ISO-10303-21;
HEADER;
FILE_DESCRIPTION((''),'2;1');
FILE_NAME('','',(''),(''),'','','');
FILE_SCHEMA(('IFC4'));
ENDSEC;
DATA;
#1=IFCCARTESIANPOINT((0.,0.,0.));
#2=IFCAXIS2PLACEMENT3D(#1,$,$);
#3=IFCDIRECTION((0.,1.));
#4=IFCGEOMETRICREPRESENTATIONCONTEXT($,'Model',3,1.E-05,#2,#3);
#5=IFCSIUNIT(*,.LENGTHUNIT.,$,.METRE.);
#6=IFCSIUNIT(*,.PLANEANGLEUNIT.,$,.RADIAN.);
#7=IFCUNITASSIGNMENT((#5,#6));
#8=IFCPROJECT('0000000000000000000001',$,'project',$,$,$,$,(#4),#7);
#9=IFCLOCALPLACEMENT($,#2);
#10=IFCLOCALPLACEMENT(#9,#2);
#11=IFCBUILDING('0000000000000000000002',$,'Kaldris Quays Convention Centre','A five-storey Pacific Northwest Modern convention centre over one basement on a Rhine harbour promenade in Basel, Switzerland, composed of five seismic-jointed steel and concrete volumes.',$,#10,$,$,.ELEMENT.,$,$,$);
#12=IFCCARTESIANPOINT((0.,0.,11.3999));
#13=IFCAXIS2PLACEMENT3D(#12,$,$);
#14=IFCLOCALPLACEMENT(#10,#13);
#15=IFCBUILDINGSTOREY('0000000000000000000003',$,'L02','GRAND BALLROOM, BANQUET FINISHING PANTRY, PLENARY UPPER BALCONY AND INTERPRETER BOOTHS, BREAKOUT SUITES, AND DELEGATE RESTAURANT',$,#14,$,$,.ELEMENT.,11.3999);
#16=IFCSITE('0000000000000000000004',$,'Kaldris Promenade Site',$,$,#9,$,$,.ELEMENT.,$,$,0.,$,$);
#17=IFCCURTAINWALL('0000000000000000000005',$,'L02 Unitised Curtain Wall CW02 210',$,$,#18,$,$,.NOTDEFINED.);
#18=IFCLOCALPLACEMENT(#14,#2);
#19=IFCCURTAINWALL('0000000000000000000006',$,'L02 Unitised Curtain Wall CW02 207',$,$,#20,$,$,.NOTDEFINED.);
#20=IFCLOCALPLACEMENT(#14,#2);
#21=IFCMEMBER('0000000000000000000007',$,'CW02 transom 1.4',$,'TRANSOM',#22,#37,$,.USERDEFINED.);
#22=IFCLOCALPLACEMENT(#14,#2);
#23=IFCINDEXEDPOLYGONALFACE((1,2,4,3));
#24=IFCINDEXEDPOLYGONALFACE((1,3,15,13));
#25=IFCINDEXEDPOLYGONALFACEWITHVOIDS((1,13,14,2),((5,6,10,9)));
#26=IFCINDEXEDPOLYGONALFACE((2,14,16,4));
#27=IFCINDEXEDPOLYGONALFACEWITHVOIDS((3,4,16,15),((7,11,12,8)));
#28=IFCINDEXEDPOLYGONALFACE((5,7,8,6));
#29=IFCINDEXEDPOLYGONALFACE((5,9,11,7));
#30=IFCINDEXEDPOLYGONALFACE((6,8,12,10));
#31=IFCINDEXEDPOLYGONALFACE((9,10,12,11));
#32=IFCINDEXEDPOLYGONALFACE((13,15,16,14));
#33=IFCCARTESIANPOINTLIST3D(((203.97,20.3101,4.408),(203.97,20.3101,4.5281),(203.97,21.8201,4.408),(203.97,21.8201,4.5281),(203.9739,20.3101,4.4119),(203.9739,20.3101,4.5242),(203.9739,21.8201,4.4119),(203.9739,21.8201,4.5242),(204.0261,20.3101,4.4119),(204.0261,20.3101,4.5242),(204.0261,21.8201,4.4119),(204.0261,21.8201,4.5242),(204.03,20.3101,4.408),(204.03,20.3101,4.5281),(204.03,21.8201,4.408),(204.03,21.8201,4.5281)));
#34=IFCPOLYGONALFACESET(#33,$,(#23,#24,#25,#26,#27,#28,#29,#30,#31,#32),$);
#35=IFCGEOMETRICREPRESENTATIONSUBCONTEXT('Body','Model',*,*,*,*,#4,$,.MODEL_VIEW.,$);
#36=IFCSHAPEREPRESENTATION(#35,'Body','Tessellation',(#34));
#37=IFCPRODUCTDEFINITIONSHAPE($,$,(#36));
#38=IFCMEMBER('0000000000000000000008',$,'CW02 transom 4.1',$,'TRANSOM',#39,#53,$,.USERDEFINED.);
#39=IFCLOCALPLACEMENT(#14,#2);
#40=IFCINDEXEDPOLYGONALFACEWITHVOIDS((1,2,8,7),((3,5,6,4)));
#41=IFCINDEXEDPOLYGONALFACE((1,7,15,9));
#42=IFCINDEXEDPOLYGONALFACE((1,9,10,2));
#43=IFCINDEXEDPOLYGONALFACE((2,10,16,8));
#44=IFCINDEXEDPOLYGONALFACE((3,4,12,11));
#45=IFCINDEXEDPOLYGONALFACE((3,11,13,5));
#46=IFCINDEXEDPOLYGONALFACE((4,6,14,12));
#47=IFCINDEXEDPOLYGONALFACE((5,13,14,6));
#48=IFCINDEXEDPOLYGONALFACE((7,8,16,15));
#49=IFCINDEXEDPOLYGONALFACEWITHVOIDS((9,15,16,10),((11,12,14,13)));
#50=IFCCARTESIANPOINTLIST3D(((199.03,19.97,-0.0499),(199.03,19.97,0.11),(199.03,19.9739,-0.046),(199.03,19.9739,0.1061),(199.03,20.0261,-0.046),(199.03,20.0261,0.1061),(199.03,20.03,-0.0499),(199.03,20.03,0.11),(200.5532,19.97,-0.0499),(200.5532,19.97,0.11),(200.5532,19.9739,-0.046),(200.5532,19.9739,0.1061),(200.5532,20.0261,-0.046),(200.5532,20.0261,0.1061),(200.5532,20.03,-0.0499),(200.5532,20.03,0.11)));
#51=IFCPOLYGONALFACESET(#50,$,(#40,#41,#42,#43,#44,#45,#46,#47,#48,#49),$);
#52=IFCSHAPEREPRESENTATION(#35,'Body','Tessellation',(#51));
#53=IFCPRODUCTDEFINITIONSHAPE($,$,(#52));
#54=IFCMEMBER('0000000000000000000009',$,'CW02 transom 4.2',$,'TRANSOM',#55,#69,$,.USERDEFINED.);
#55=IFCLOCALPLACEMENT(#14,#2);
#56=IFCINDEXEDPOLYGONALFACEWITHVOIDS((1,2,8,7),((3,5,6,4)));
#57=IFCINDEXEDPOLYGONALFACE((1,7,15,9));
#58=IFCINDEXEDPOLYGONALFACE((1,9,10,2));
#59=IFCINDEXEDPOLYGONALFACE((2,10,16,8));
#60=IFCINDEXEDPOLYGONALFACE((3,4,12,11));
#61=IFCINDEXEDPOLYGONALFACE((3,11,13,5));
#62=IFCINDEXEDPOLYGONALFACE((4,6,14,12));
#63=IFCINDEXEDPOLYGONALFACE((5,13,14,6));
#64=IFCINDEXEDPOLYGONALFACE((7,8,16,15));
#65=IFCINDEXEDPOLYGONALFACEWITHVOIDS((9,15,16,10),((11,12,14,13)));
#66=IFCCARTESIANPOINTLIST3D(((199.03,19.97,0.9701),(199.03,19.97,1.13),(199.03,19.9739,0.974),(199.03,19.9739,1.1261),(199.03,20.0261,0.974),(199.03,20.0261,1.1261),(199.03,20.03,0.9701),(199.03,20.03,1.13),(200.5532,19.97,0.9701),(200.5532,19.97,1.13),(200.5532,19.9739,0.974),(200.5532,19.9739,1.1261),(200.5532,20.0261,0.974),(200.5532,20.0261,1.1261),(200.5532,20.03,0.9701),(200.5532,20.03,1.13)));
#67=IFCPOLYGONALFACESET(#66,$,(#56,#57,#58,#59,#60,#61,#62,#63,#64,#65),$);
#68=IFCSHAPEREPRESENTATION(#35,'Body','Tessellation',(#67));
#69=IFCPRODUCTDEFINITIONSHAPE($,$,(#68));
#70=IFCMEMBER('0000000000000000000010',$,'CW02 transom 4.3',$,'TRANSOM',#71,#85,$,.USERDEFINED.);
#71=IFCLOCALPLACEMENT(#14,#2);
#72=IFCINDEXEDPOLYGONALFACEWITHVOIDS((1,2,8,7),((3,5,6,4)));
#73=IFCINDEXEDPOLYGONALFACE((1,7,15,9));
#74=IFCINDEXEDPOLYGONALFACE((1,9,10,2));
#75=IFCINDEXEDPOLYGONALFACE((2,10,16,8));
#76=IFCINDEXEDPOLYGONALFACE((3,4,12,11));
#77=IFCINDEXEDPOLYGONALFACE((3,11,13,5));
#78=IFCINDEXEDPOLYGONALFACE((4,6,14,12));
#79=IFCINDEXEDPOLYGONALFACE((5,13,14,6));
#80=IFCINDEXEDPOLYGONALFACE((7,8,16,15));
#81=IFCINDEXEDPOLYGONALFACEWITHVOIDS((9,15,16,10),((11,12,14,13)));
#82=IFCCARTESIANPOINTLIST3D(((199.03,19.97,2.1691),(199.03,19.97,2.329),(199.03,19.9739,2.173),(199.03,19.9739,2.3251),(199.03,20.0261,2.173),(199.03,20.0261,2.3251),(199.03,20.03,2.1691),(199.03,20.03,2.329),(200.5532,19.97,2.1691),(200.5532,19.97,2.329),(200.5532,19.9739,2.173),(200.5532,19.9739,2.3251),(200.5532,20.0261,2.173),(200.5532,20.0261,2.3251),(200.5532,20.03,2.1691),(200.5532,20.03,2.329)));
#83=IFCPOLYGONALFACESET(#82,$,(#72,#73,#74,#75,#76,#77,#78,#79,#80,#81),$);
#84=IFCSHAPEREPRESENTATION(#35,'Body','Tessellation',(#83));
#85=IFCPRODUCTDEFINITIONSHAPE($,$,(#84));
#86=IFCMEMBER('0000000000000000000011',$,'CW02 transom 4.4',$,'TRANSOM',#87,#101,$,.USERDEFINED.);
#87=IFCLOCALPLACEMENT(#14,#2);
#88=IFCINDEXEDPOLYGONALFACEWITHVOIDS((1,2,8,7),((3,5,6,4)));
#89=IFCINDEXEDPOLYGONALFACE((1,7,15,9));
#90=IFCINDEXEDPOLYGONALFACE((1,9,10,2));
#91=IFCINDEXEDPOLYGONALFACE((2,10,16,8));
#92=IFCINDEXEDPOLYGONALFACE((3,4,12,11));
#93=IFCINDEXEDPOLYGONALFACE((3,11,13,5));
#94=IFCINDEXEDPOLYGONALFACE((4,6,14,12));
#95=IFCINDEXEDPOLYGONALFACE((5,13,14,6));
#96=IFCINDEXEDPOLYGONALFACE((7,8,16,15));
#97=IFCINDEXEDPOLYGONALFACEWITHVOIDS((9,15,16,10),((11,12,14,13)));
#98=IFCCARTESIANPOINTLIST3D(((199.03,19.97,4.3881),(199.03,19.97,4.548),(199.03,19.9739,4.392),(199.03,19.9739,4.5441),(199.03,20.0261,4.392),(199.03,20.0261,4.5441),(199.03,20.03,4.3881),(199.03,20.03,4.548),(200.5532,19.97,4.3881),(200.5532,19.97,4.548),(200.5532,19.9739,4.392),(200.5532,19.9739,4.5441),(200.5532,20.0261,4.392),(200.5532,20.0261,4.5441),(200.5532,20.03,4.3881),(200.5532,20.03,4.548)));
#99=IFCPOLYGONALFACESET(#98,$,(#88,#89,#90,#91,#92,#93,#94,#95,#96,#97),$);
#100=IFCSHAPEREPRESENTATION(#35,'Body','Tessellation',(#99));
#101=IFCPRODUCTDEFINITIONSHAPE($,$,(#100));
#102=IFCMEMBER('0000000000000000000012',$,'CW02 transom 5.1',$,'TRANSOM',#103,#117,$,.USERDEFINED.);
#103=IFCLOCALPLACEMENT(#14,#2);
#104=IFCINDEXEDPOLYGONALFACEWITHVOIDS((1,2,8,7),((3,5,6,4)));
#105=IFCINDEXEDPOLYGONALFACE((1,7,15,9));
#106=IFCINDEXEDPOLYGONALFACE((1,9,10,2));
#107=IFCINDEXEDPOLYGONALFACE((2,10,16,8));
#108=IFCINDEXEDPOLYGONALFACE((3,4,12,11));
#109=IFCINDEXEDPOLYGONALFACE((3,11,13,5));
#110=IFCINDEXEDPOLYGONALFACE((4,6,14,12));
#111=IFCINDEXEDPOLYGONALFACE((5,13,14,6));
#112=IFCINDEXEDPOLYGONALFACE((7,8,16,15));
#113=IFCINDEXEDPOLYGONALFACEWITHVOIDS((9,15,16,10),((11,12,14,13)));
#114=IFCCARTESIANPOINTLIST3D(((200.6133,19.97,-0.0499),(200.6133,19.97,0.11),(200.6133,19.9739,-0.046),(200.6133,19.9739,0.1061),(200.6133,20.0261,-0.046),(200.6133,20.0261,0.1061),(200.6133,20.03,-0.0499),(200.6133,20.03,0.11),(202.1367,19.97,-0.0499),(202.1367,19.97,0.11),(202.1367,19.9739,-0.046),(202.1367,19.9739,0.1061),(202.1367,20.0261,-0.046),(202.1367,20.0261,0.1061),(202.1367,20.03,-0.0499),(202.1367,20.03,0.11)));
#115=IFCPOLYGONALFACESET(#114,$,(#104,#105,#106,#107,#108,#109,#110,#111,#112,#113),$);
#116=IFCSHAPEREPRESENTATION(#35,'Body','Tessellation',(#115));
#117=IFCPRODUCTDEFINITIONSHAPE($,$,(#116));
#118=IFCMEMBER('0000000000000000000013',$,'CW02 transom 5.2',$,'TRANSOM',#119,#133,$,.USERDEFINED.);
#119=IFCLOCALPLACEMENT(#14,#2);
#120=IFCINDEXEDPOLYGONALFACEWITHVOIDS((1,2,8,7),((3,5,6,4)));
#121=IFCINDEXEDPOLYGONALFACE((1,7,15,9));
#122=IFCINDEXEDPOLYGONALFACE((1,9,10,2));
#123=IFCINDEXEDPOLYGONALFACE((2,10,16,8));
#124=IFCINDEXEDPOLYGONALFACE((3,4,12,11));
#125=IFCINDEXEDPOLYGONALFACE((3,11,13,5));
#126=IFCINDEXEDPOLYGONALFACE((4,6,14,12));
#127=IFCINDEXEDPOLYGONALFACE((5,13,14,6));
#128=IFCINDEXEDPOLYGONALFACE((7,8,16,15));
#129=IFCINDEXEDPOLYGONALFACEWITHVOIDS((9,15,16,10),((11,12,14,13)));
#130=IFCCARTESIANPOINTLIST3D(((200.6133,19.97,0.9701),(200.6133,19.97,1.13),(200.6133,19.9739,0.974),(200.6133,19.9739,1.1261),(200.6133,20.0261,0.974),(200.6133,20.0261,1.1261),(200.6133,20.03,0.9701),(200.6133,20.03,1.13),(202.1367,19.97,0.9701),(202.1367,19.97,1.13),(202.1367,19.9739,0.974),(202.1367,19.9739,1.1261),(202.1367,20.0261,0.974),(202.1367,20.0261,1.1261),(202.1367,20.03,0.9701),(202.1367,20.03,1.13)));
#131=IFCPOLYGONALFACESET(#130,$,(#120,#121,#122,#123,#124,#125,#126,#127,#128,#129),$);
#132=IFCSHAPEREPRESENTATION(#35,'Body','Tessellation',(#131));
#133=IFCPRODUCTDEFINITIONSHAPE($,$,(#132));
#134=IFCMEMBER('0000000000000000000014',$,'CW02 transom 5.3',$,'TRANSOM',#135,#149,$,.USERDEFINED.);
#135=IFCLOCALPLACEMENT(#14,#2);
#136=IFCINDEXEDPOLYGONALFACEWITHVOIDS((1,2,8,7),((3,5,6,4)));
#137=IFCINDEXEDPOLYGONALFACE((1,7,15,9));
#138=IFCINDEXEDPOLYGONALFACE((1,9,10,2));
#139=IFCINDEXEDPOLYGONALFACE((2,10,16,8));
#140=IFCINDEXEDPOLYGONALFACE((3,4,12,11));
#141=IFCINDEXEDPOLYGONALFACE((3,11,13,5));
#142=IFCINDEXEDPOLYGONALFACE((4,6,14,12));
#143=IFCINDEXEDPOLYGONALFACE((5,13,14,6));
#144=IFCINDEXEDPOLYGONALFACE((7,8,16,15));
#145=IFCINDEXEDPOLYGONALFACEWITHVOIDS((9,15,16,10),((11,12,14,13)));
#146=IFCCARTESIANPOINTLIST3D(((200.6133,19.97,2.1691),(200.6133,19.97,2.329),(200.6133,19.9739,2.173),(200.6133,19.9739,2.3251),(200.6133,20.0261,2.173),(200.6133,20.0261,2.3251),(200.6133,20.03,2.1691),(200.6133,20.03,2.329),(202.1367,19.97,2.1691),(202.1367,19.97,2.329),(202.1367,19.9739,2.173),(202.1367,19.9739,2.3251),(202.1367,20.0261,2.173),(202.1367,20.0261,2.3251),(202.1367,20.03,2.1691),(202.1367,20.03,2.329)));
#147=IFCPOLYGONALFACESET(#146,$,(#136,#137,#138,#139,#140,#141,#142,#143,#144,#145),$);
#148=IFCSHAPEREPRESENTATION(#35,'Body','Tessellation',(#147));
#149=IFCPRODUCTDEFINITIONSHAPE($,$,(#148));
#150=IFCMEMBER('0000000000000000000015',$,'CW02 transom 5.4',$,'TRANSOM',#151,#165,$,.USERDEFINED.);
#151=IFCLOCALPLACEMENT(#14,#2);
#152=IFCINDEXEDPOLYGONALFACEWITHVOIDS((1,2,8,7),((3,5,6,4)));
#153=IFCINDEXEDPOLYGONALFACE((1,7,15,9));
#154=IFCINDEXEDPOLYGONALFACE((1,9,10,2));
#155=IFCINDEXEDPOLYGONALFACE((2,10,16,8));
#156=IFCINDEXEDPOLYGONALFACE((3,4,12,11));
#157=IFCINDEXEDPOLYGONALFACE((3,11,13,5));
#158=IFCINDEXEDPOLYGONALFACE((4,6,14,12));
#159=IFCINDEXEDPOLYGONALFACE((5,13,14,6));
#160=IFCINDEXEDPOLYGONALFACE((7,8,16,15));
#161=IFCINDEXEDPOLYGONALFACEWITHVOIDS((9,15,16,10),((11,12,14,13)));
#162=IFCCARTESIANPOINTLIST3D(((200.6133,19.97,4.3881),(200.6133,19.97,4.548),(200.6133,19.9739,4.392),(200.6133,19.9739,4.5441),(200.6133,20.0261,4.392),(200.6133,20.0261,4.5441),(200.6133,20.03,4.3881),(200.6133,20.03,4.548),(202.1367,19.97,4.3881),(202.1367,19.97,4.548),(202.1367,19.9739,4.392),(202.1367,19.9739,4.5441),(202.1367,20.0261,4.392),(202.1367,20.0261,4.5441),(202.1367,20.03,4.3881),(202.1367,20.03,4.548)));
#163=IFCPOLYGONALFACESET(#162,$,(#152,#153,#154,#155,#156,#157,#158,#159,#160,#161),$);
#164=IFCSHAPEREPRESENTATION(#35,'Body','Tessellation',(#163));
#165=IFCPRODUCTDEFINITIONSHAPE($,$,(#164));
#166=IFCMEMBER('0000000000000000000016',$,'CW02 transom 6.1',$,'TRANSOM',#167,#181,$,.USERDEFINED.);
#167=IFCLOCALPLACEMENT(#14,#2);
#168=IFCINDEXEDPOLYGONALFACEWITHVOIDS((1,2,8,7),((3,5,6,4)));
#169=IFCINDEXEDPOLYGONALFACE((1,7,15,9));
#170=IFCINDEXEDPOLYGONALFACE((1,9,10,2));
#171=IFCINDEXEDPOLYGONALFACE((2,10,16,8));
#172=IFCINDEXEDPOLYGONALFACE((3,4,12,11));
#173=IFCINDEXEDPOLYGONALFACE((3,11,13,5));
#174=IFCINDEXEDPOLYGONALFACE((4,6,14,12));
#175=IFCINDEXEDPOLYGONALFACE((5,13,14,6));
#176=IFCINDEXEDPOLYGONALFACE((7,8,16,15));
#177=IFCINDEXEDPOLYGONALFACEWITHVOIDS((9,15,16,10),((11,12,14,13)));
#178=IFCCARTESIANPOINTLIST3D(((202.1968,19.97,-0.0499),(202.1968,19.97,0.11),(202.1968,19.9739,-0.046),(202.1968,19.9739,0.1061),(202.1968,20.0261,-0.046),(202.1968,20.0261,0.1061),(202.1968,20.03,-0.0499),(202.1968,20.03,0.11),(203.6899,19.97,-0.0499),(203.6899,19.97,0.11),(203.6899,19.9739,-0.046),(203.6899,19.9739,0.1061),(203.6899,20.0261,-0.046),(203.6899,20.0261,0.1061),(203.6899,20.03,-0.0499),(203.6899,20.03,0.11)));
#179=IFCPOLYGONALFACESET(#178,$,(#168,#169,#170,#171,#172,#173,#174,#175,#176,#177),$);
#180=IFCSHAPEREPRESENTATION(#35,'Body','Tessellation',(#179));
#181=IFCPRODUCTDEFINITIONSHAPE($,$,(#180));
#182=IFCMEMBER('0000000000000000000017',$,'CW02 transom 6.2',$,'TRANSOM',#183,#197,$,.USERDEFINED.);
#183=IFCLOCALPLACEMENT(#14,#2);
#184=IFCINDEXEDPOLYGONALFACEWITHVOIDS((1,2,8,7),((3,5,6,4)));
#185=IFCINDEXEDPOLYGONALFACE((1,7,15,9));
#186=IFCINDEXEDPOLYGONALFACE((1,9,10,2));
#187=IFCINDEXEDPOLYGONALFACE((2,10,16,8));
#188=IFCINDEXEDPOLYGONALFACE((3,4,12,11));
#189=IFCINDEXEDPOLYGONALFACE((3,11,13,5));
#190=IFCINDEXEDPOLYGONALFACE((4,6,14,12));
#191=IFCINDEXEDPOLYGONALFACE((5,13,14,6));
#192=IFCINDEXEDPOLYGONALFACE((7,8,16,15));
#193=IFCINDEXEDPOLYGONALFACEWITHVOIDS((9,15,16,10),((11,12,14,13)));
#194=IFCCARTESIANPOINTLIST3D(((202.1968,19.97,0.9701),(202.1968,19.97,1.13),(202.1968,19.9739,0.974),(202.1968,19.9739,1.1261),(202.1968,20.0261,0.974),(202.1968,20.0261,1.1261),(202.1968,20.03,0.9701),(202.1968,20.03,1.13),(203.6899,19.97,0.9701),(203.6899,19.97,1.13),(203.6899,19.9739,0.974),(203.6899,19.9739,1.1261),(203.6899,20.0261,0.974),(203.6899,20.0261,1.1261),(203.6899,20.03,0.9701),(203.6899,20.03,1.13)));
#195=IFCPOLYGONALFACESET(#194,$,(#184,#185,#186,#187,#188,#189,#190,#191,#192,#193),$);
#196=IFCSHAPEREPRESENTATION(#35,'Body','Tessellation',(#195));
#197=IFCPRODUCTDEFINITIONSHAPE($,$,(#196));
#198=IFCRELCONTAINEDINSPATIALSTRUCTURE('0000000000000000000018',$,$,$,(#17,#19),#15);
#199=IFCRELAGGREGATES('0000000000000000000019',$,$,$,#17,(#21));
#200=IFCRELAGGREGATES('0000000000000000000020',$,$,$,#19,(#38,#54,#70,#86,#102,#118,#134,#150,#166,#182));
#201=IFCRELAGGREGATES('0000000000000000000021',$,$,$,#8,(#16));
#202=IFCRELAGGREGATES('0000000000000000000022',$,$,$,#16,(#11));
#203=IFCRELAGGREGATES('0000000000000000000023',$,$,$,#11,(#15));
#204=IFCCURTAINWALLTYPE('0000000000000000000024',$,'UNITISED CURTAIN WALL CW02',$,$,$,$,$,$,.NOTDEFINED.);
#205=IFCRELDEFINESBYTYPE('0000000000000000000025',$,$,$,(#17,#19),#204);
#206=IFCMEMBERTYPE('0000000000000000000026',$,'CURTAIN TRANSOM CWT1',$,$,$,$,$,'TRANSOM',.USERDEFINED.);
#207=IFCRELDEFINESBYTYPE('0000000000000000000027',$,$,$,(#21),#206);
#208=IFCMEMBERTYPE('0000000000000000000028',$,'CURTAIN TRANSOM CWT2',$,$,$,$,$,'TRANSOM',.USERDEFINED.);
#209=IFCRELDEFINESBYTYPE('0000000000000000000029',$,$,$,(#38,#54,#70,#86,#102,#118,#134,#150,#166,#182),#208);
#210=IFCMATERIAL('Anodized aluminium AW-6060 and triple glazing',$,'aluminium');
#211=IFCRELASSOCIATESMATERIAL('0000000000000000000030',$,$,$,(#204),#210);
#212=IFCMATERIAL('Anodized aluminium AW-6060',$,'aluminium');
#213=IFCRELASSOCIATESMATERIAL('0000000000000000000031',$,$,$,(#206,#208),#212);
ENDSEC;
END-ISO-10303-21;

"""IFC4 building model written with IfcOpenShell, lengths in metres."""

from ifc_helpers import new_model, si_unit, direction, frame, origin, origin_2d, place, context, subcontext, project, spatial, hollow_rectangle, extrude, material, material_profile, profile_set, type_object, element, aggregate, save


model = new_model("IFC4")

# Units and contexts
model_context = context("Model", 3, precision=1e-05, world=origin(), true_north=direction((0.0, 1.0)))
body_context = subcontext(model_context, "Body", "Model", "MODEL_VIEW")
ifc_project = project(units=[si_unit("LENGTHUNIT", "METRE"), si_unit("PLANEANGLEUNIT", "RADIAN")], contexts=[model_context])

# Site, building, storey
site_placement = place(None, origin())
site = spatial("IfcSite", under=ifc_project, at=site_placement, Name="Kaldris Promenade Site", CompositionType="ELEMENT", RefElevation=0.0)
building_placement = place(site_placement, origin())
building = spatial("IfcBuilding", under=site, at=building_placement, Name="Kaldris Quays Convention Centre", Description="A five-storey Pacific Northwest Modern convention centre over one basement on a Rhine harbour promenade in Basel, Switzerland, composed of five seismic-jointed steel and concrete volumes.", CompositionType="ELEMENT")
storey_placement = place(building_placement, frame((0.0, 0.0, 11.3999)))
storey = spatial("IfcBuildingStorey", under=building, at=storey_placement, Name="L02", Description="GRAND BALLROOM, BANQUET FINISHING PANTRY, PLENARY UPPER BALCONY AND INTERPRETER BOOTHS, BREAKOUT SUITES, AND DELEGATE RESTAURANT", CompositionType="ELEMENT", Elevation=11.3999)

# Curtain wall
ifc_material_1 = material(Name="Anodized aluminium AW-6060 and triple glazing", Category="aluminium")
curtain_wall_type = type_object("IfcCurtainWallType", Name="UNITISED CURTAIN WALL CW02", PredefinedType="NOTDEFINED", material=ifc_material_1)
curtain_wall_1_placement = place(storey_placement, origin())
curtain_wall_1 = element("IfcCurtainWall", 1, at=curtain_wall_1_placement, inside=storey, type_object=curtain_wall_type, Name="L02 Unitised Curtain Wall CW02 210", PredefinedType="NOTDEFINED")
ifc_material_2 = material(Name="Anodized aluminium AW-6060", Category="aluminium")

# Curtain wall
curtain_wall_2_placement = place(storey_placement, origin())
curtain_wall_2 = element("IfcCurtainWall", 2, at=curtain_wall_2_placement, inside=storey, type_object=curtain_wall_type, Name="L02 Unitised Curtain Wall CW02 207", PredefinedType="NOTDEFINED")

# Members
ifc_material_profile_1 = material_profile(ifc_material_2, hollow_rectangle(XDim=0.0601, YDim=0.1201, WallThickness=0.0039, at=origin_2d()), Name="RHS 120x60x4")
ifc_profile_set_1 = profile_set([ifc_material_profile_1], Name="Anodized aluminium AW-6060")
member_type_1 = type_object("IfcMemberType", Name="CURTAIN TRANSOM CWT1", ElementType="TRANSOM", PredefinedType="USERDEFINED", material=ifc_profile_set_1)
member_1_placement = place(storey_placement, frame((204.0, 20.3101, 4.468), z_axis=(0.0, 1.0, 0.0), x_axis=(-1.0, 0.0, 0.0)))
member_1 = element("IfcMember", 3, at=member_1_placement, type_object=member_type_1, Name="CW02 transom 1.4", ObjectType="TRANSOM", PredefinedType="USERDEFINED", context=body_context, shape_type="SweptSolid", body=[
    extrude(hollow_rectangle(XDim=0.0601, YDim=0.1201, WallThickness=0.0039, at=origin_2d()), origin(), (0.0, 0.0, 1.0), 1.51),
])
aggregate(curtain_wall_1, [member_1])
ifc_material_profile_2 = material_profile(ifc_material_2, hollow_rectangle(XDim=0.0601, YDim=0.1599, WallThickness=0.0039, at=origin_2d()), Name="RHS 160x60x4")
ifc_profile_set_2 = profile_set([ifc_material_profile_2], Name="Anodized aluminium AW-6060")
member_type_2 = type_object("IfcMemberType", Name="CURTAIN TRANSOM CWT2", ElementType="TRANSOM", PredefinedType="USERDEFINED", material=ifc_profile_set_2)
member_2_placement = place(storey_placement, frame((199.03, 20.0, 0.03), z_axis=(1.0, 0.0, 0.0), x_axis=(0.0, 1.0, 0.0)))
member_2 = element("IfcMember", 4, at=member_2_placement, type_object=member_type_2, Name="CW02 transom 4.1", ObjectType="TRANSOM", PredefinedType="USERDEFINED", context=body_context, shape_type="SweptSolid", body=[
    extrude(hollow_rectangle(XDim=0.0601, YDim=0.1599, WallThickness=0.0039, at=origin_2d()), origin(), (0.0, 0.0, 1.0), 1.5232),
])
member_3_placement = place(storey_placement, frame((199.03, 20.0, 1.05), z_axis=(1.0, 0.0, 0.0), x_axis=(0.0, 1.0, 0.0)))
member_3 = element("IfcMember", 5, at=member_3_placement, type_object=member_type_2, Name="CW02 transom 4.2", ObjectType="TRANSOM", PredefinedType="USERDEFINED", context=body_context, shape_type="SweptSolid", body=[
    extrude(hollow_rectangle(XDim=0.0601, YDim=0.1599, WallThickness=0.0039, at=origin_2d()), origin(), (0.0, 0.0, 1.0), 1.5232),
])
member_4_placement = place(storey_placement, frame((199.03, 20.0, 2.249), z_axis=(1.0, 0.0, 0.0), x_axis=(0.0, 1.0, 0.0)))
member_4 = element("IfcMember", 6, at=member_4_placement, type_object=member_type_2, Name="CW02 transom 4.3", ObjectType="TRANSOM", PredefinedType="USERDEFINED", context=body_context, shape_type="SweptSolid", body=[
    extrude(hollow_rectangle(XDim=0.0601, YDim=0.1599, WallThickness=0.0039, at=origin_2d()), origin(), (0.0, 0.0, 1.0), 1.5232),
])
member_5_placement = place(storey_placement, frame((199.03, 20.0, 4.468), z_axis=(1.0, 0.0, 0.0), x_axis=(0.0, 1.0, 0.0)))
member_5 = element("IfcMember", 7, at=member_5_placement, type_object=member_type_2, Name="CW02 transom 4.4", ObjectType="TRANSOM", PredefinedType="USERDEFINED", context=body_context, shape_type="SweptSolid", body=[
    extrude(hollow_rectangle(XDim=0.0601, YDim=0.1599, WallThickness=0.0039, at=origin_2d()), origin(), (0.0, 0.0, 1.0), 1.5232),
])
member_6_placement = place(storey_placement, frame((200.6133, 20.0, 0.03), z_axis=(1.0, 0.0, 0.0), x_axis=(0.0, 1.0, 0.0)))
member_6 = element("IfcMember", 8, at=member_6_placement, type_object=member_type_2, Name="CW02 transom 5.1", ObjectType="TRANSOM", PredefinedType="USERDEFINED", context=body_context, shape_type="SweptSolid", body=[
    extrude(hollow_rectangle(XDim=0.0601, YDim=0.1599, WallThickness=0.0039, at=origin_2d()), origin(), (0.0, 0.0, 1.0), 1.5234),
])
member_7_placement = place(storey_placement, frame((200.6133, 20.0, 1.05), z_axis=(1.0, 0.0, 0.0), x_axis=(0.0, 1.0, 0.0)))
member_7 = element("IfcMember", 9, at=member_7_placement, type_object=member_type_2, Name="CW02 transom 5.2", ObjectType="TRANSOM", PredefinedType="USERDEFINED", context=body_context, shape_type="SweptSolid", body=[
    extrude(hollow_rectangle(XDim=0.0601, YDim=0.1599, WallThickness=0.0039, at=origin_2d()), origin(), (0.0, 0.0, 1.0), 1.5234),
])
member_8_placement = place(storey_placement, frame((200.6133, 20.0, 2.249), z_axis=(1.0, 0.0, 0.0), x_axis=(0.0, 1.0, 0.0)))
member_8 = element("IfcMember", 10, at=member_8_placement, type_object=member_type_2, Name="CW02 transom 5.3", ObjectType="TRANSOM", PredefinedType="USERDEFINED", context=body_context, shape_type="SweptSolid", body=[
    extrude(hollow_rectangle(XDim=0.0601, YDim=0.1599, WallThickness=0.0039, at=origin_2d()), origin(), (0.0, 0.0, 1.0), 1.5234),
])
member_9_placement = place(storey_placement, frame((200.6133, 20.0, 4.468), z_axis=(1.0, 0.0, 0.0), x_axis=(0.0, 1.0, 0.0)))
member_9 = element("IfcMember", 11, at=member_9_placement, type_object=member_type_2, Name="CW02 transom 5.4", ObjectType="TRANSOM", PredefinedType="USERDEFINED", context=body_context, shape_type="SweptSolid", body=[
    extrude(hollow_rectangle(XDim=0.0601, YDim=0.1599, WallThickness=0.0039, at=origin_2d()), origin(), (0.0, 0.0, 1.0), 1.5234),
])
member_10_placement = place(storey_placement, frame((202.1968, 20.0, 0.03), z_axis=(1.0, 0.0, 0.0), x_axis=(0.0, 1.0, 0.0)))
member_10 = element("IfcMember", 12, at=member_10_placement, type_object=member_type_2, Name="CW02 transom 6.1", ObjectType="TRANSOM", PredefinedType="USERDEFINED", context=body_context, shape_type="SweptSolid", body=[
    extrude(hollow_rectangle(XDim=0.0601, YDim=0.1599, WallThickness=0.0039, at=origin_2d()), origin(), (0.0, 0.0, 1.0), 1.4932),
])
member_11_placement = place(storey_placement, frame((202.1968, 20.0, 1.05), z_axis=(1.0, 0.0, 0.0), x_axis=(0.0, 1.0, 0.0)))
member_11 = element("IfcMember", 13, at=member_11_placement, type_object=member_type_2, Name="CW02 transom 6.2", ObjectType="TRANSOM", PredefinedType="USERDEFINED", context=body_context, shape_type="SweptSolid", body=[
    extrude(hollow_rectangle(XDim=0.0601, YDim=0.1599, WallThickness=0.0039, at=origin_2d()), origin(), (0.0, 0.0, 1.0), 1.4932),
])

aggregate(curtain_wall_2, [member_2, member_3, member_4, member_5, member_6, member_7, member_8, member_9, member_10, member_11])

save(model, "model.ifc")
